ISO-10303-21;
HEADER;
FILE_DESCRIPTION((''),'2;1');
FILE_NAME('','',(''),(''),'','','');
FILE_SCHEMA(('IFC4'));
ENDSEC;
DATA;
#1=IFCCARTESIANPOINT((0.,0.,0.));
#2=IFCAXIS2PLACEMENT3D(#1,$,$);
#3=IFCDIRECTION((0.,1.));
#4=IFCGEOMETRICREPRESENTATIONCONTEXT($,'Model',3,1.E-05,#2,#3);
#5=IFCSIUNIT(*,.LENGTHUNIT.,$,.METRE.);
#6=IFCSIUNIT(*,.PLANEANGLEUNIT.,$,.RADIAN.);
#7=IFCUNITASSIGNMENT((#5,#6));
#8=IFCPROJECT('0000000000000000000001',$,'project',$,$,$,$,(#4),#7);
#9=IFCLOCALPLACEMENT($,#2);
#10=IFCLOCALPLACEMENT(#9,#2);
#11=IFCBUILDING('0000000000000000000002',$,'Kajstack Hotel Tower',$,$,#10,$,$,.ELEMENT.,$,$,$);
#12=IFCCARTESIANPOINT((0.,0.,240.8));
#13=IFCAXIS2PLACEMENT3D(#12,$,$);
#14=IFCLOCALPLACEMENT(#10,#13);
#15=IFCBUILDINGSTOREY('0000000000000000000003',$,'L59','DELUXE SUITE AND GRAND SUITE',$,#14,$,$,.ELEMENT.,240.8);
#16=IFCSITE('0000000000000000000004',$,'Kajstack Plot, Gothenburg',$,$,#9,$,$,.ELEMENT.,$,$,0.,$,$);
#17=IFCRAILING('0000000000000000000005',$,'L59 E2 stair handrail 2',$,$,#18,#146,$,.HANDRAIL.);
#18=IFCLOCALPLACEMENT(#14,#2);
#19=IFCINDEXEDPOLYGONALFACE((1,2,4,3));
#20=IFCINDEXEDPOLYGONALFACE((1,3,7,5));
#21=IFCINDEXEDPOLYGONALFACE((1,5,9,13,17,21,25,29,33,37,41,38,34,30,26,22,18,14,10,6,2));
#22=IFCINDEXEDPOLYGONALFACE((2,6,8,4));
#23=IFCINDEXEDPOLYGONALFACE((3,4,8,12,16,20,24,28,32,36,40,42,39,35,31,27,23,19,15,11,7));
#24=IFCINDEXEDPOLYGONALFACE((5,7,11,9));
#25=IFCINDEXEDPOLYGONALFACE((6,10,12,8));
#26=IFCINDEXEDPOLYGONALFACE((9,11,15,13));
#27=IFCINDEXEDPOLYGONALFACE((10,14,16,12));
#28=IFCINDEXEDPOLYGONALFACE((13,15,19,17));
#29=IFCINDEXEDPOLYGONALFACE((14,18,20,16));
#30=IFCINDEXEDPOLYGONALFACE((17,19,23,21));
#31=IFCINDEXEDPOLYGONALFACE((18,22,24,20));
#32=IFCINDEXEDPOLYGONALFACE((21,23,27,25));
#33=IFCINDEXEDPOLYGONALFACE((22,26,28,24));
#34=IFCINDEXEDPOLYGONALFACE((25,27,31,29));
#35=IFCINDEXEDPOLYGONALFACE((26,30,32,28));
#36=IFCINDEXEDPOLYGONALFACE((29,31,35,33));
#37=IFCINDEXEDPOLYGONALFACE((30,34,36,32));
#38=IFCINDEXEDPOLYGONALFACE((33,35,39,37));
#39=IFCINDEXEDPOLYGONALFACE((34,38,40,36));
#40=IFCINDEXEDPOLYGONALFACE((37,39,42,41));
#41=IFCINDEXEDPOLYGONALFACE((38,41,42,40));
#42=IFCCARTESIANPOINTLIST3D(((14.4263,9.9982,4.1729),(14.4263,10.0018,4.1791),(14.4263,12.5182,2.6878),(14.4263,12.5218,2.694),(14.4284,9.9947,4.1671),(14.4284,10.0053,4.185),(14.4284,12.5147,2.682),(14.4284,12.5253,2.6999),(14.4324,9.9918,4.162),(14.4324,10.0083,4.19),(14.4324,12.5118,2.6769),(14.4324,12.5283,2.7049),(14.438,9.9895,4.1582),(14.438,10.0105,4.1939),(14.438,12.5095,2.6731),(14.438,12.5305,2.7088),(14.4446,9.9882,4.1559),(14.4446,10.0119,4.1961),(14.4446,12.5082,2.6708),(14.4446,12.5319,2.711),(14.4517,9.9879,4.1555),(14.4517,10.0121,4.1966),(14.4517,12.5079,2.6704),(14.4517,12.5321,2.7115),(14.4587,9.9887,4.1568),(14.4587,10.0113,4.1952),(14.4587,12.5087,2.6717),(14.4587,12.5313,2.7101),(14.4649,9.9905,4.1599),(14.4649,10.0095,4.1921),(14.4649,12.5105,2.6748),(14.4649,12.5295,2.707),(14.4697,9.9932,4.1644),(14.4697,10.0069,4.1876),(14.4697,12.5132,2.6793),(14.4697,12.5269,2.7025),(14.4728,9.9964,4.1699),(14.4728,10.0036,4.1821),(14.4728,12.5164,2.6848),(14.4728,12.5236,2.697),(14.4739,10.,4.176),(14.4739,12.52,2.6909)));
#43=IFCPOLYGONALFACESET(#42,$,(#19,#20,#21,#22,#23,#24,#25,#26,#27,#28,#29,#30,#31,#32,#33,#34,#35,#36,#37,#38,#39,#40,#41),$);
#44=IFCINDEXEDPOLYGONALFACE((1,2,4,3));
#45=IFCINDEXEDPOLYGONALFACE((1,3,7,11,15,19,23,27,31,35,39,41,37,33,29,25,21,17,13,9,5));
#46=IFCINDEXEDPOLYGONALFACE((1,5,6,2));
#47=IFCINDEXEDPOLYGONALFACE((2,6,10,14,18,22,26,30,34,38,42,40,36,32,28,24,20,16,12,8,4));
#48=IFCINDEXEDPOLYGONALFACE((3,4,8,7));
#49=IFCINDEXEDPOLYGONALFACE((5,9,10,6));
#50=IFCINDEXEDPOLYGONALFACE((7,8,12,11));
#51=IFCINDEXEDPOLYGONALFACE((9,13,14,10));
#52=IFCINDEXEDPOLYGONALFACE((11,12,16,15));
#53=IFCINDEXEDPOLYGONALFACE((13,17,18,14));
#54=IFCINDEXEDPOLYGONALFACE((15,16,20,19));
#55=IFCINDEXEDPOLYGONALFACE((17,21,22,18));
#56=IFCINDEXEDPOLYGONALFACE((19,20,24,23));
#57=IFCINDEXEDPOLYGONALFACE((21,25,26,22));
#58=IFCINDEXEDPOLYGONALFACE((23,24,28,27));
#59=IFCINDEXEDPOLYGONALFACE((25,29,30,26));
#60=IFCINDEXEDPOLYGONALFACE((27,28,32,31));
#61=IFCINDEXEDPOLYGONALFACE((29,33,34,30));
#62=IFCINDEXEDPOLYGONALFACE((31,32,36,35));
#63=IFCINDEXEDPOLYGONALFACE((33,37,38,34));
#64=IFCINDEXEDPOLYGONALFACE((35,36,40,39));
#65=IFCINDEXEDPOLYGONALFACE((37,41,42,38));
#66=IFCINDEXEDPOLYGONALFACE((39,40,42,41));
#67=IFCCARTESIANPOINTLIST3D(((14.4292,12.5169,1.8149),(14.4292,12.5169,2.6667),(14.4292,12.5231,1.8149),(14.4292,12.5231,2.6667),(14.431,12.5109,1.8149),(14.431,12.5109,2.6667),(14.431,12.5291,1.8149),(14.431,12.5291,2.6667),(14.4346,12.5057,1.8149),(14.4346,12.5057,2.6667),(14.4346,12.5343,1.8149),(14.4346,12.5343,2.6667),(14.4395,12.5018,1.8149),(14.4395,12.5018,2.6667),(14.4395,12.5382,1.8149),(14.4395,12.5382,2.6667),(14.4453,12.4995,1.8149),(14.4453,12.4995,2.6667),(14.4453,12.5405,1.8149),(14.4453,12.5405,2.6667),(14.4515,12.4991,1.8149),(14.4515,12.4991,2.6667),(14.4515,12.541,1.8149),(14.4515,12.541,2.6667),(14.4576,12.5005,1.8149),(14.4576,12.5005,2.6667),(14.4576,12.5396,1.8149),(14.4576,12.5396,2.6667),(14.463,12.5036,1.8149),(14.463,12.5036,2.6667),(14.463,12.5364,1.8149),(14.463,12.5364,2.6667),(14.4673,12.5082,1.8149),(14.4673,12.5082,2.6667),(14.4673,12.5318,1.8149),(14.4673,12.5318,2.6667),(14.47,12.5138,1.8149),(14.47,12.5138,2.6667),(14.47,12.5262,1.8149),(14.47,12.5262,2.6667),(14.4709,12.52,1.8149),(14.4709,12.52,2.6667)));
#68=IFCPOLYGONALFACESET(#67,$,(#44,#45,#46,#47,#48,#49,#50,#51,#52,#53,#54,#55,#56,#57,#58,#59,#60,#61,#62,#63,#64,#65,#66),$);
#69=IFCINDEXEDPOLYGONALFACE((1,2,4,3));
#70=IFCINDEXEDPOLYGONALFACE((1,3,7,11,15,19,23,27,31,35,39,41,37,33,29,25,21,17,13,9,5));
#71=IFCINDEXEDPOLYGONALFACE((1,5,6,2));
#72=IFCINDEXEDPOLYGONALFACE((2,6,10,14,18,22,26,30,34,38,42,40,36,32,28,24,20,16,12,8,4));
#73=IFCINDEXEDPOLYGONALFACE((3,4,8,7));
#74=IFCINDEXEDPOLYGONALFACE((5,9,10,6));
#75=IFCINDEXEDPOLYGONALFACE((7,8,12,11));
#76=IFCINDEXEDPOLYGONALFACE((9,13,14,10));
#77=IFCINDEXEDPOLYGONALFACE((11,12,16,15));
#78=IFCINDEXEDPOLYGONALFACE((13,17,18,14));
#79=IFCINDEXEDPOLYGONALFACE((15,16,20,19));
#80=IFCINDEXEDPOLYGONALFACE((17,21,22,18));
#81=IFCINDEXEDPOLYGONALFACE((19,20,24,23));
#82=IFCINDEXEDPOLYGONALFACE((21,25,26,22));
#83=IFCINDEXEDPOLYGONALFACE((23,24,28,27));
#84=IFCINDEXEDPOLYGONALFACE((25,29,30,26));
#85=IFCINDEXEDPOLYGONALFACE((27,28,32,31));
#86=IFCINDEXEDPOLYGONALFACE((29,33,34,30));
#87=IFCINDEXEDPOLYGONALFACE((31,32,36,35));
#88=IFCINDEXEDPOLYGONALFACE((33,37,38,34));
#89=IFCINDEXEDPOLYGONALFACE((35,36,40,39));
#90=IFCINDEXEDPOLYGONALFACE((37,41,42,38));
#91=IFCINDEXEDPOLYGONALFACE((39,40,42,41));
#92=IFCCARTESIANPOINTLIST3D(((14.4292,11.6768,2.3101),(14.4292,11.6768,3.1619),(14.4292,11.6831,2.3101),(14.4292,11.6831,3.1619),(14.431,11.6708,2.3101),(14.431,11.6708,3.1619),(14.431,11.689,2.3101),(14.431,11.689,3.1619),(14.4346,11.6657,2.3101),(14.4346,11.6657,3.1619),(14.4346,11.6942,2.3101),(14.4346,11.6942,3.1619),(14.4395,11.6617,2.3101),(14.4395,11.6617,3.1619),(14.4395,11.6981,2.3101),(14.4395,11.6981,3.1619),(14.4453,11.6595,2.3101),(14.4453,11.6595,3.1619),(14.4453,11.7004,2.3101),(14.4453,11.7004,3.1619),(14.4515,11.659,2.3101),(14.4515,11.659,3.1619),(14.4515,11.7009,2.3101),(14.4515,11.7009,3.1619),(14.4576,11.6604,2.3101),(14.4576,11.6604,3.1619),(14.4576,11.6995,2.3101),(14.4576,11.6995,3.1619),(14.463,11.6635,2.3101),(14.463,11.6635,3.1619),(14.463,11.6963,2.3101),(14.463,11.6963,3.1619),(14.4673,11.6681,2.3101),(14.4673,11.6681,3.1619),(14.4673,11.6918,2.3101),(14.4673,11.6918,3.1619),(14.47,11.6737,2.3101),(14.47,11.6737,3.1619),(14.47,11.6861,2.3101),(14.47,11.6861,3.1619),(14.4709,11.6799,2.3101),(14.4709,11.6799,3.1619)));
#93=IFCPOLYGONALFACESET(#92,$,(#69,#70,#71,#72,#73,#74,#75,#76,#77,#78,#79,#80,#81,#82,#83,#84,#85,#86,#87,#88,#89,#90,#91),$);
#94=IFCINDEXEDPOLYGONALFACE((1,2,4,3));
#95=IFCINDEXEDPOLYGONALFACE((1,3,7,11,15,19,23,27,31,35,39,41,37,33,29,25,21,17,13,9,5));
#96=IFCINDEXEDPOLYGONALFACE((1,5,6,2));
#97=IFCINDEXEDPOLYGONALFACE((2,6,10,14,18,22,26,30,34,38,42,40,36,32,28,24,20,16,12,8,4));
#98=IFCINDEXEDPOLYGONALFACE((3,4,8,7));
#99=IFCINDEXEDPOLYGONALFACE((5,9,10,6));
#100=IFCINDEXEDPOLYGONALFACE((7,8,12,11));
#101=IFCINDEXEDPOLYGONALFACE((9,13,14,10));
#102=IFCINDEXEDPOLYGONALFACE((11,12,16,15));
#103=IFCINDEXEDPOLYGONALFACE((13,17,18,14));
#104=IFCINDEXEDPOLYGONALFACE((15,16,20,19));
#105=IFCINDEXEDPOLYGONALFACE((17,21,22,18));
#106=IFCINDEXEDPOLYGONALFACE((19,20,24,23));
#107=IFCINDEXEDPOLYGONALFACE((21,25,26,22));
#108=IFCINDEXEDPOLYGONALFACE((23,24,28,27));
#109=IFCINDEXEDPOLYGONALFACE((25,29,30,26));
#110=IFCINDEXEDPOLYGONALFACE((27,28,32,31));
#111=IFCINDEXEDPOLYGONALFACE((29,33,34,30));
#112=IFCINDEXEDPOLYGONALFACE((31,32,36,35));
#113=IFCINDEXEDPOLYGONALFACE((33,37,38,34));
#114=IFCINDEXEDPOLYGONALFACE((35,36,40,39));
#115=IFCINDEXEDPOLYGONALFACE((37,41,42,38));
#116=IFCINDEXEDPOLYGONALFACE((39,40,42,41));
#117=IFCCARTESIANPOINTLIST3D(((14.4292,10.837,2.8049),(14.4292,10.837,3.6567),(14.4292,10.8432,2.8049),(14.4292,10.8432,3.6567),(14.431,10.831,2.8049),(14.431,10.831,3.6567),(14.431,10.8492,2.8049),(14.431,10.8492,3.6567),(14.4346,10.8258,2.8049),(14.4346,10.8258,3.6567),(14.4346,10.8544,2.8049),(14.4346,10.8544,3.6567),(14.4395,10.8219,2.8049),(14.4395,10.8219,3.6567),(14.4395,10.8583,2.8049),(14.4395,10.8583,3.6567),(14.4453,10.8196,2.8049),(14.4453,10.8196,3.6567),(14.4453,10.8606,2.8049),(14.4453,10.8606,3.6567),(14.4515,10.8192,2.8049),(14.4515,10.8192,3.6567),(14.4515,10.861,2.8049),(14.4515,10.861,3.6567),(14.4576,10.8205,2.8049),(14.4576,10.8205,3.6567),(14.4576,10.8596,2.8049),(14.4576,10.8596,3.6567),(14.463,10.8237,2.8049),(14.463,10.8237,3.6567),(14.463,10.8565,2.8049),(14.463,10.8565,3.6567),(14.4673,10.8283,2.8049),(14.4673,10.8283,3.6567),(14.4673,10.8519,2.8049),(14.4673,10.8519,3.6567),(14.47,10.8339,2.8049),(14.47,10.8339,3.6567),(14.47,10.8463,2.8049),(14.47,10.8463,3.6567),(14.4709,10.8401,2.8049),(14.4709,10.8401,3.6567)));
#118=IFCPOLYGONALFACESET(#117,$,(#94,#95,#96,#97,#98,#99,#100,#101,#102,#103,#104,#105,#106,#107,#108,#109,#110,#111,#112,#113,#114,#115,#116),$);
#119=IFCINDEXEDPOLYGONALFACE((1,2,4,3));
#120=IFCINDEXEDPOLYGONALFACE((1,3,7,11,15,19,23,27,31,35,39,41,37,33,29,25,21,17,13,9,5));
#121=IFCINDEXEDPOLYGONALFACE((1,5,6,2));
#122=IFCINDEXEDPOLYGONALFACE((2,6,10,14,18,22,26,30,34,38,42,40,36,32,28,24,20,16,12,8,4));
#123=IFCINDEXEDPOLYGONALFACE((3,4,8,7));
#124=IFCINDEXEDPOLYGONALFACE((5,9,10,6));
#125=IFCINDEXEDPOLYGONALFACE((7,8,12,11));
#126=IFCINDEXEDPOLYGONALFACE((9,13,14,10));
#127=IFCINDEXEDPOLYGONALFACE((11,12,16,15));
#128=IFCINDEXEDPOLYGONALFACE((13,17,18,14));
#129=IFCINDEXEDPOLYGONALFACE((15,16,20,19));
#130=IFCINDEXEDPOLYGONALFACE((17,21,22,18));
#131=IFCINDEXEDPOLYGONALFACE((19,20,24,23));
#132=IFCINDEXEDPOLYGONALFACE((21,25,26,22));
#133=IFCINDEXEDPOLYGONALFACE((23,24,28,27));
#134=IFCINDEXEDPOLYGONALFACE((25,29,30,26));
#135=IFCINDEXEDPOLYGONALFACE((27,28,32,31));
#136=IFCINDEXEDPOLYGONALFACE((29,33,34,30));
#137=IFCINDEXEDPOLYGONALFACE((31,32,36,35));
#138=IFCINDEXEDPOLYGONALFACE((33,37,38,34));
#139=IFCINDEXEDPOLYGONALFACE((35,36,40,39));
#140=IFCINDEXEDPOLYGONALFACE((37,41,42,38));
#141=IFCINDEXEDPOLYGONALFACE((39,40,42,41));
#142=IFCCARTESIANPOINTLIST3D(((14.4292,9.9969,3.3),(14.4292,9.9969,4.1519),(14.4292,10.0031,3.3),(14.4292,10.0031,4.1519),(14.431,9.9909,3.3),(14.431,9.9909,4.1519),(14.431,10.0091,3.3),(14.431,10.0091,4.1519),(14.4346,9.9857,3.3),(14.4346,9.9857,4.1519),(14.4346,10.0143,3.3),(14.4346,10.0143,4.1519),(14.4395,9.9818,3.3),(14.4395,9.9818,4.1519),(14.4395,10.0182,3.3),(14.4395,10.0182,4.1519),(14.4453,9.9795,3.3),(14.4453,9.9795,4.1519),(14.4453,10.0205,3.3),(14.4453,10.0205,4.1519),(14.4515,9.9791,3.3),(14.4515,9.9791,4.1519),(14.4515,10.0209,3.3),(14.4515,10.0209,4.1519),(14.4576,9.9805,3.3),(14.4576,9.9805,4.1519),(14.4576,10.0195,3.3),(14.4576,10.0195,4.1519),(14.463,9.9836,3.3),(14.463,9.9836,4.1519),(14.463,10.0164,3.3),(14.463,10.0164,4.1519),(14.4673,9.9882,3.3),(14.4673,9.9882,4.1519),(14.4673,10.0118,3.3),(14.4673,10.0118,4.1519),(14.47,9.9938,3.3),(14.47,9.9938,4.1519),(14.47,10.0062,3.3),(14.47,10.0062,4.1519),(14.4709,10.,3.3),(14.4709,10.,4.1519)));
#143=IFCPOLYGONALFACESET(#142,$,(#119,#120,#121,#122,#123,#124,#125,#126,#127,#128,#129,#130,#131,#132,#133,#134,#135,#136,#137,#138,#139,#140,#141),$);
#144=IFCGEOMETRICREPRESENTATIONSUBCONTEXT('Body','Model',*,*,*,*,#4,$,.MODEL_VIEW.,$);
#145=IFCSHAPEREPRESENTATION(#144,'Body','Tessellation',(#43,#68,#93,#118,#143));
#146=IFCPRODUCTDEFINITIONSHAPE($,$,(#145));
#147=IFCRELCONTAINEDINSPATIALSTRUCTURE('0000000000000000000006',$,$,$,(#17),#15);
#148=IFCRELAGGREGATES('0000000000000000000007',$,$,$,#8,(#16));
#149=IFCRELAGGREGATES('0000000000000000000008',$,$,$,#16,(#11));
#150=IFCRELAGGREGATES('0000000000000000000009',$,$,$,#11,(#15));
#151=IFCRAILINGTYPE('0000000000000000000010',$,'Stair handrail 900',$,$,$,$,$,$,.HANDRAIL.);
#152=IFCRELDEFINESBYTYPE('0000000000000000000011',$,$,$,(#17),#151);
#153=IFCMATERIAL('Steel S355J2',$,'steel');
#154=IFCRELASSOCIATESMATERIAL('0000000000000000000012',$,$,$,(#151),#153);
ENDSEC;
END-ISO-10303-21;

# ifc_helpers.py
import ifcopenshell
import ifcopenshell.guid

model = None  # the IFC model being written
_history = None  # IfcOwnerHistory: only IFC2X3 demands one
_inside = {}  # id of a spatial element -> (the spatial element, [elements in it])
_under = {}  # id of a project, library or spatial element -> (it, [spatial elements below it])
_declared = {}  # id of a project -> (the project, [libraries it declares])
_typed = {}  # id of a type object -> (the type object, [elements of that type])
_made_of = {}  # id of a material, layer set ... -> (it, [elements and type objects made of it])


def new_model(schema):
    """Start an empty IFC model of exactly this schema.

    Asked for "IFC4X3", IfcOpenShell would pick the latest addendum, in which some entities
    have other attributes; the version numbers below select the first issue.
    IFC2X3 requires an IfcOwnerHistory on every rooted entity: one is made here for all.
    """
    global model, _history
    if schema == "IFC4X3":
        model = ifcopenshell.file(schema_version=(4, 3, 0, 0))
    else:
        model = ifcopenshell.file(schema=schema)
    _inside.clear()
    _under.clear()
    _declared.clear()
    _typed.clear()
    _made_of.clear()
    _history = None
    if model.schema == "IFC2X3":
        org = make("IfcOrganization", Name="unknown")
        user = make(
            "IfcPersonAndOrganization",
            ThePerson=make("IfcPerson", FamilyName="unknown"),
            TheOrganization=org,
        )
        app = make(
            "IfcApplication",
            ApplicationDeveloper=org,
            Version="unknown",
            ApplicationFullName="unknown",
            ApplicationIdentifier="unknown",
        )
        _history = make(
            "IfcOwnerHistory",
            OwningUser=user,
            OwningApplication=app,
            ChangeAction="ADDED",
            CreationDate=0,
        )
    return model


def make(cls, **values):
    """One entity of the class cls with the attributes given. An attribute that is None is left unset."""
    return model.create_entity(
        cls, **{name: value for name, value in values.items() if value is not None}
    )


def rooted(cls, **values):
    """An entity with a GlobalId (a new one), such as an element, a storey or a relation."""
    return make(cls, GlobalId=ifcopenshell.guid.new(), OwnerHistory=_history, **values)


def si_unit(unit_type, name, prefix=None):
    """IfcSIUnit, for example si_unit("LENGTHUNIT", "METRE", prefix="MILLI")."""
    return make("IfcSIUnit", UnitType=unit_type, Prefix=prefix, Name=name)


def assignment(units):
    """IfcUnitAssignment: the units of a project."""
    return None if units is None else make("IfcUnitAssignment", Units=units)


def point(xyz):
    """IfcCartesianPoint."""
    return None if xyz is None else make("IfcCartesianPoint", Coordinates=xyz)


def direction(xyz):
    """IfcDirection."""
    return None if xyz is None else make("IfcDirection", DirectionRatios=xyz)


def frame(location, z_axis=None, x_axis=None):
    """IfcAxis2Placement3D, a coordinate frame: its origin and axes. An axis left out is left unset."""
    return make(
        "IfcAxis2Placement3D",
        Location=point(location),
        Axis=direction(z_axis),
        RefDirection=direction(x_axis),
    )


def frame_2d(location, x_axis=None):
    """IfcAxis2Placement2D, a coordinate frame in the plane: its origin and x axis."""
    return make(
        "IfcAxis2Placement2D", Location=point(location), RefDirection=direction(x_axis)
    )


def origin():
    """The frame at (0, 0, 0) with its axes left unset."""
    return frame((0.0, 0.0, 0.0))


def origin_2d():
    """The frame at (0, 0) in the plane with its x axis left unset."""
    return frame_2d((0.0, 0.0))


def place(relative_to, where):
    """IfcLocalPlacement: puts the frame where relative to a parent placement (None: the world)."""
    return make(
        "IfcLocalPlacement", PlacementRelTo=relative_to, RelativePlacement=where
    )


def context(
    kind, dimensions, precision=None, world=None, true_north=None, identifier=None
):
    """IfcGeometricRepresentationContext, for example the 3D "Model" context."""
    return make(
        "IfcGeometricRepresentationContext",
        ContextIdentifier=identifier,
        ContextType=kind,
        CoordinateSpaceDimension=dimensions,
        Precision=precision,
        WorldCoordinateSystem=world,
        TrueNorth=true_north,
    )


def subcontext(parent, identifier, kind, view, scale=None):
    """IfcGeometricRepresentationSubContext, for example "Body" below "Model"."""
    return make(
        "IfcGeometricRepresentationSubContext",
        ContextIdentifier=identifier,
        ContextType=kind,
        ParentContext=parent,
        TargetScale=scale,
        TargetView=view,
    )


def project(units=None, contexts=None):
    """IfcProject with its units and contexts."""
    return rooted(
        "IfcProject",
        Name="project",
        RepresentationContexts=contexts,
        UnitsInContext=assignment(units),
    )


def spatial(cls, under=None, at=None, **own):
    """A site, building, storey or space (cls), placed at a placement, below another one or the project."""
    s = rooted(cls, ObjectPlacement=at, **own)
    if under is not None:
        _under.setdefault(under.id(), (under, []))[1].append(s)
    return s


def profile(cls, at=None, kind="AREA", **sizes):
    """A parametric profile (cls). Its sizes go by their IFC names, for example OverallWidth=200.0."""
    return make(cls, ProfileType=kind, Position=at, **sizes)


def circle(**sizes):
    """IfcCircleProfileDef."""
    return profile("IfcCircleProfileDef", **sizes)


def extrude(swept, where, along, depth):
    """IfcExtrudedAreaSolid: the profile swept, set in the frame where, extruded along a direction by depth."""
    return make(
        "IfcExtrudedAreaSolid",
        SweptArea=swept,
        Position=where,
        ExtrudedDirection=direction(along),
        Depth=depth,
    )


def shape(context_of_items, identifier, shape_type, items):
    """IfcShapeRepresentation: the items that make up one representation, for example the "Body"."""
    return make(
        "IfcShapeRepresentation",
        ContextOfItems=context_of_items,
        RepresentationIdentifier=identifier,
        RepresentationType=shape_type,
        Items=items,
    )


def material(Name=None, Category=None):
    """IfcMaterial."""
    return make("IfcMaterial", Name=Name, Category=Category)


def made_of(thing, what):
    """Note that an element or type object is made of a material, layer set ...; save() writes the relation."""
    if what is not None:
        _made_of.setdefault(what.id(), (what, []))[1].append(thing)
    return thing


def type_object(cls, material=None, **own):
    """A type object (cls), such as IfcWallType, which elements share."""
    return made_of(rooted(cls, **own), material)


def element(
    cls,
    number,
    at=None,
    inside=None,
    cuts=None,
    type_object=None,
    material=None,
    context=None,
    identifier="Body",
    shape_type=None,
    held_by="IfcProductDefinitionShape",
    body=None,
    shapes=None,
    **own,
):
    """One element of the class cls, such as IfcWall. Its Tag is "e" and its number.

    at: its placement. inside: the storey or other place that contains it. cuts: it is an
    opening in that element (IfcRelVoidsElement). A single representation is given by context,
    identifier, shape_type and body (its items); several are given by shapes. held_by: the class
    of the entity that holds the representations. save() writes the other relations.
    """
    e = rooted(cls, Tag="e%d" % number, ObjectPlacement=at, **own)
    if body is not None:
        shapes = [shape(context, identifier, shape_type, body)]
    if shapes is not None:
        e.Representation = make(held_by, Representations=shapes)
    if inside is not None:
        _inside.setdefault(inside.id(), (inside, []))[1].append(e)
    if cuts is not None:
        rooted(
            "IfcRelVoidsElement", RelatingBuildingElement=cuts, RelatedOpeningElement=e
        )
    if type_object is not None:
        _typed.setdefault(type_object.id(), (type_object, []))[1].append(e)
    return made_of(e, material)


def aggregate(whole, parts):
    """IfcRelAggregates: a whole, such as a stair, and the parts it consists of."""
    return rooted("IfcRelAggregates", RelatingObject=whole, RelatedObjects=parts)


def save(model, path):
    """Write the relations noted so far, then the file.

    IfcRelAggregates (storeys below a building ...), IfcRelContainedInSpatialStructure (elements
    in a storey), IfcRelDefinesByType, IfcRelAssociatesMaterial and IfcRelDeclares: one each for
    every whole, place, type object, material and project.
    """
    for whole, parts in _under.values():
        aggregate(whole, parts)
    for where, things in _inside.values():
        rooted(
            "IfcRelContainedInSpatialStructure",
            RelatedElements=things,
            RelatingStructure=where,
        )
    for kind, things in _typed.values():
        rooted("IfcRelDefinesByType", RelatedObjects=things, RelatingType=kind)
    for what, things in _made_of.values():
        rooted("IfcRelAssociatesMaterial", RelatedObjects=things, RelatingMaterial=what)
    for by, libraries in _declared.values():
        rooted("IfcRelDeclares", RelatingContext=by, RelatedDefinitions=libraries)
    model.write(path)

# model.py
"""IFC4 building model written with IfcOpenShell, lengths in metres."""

from ifc_helpers import new_model, si_unit, direction, frame, origin, origin_2d, place, context, subcontext, project, spatial, circle, extrude, material, type_object, element, save


model = new_model("IFC4")

# Units and contexts
model_context = context("Model", 3, precision=1e-05, world=origin(), true_north=direction((0.0, 1.0)))
body_context = subcontext(model_context, "Body", "Model", "MODEL_VIEW")
ifc_project = project(units=[si_unit("LENGTHUNIT", "METRE"), si_unit("PLANEANGLEUNIT", "RADIAN")], contexts=[model_context])

# Site, building, storey
site_placement = place(None, origin())
site = spatial("IfcSite", under=ifc_project, at=site_placement, Name="Kajstack Plot, Gothenburg", CompositionType="ELEMENT", RefElevation=0.0)
building_placement = place(site_placement, origin())
building = spatial("IfcBuilding", under=site, at=building_placement, Name="Kajstack Hotel Tower", CompositionType="ELEMENT")
storey_placement = place(building_placement, frame((0.0, 0.0, 240.8)))
storey = spatial("IfcBuildingStorey", under=building, at=storey_placement, Name="L59", Description="DELUXE SUITE AND GRAND SUITE", CompositionType="ELEMENT", Elevation=240.8)

# Railing
ifc_material_1 = material(Name="Steel S355J2", Category="steel")
railing_type_1 = type_object("IfcRailingType", Name="Stair handrail 900", PredefinedType="HANDRAIL", material=ifc_material_1)
railing_1_placement = place(storey_placement, frame((14.45, 12.52, 1.8149)))
element("IfcRailing", 1, at=railing_1_placement, inside=storey, type_object=railing_type_1, Name="L59 E2 stair handrail 2", PredefinedType="HANDRAIL", context=body_context, shape_type="SweptSolid", body=[
    extrude(circle(Radius=0.0239, at=origin_2d()), frame((0.0, 0.0, 0.876), z_axis=(0.0, -0.861524, 0.507717), x_axis=(1.0, 0.0, 0.0)), (0.0, 0.0, 1.0), 2.925),
    extrude(circle(Radius=0.021, at=origin_2d()), origin(), (0.0, 0.0, 1.0), 0.8518),
    extrude(circle(Radius=0.021, at=origin_2d()), frame((0.0, -0.8401, 0.4951)), (0.0, 0.0, 1.0), 0.8518),
    extrude(circle(Radius=0.021, at=origin_2d()), frame((0.0, -1.6799, 0.99)), (0.0, 0.0, 1.0), 0.8518),
    extrude(circle(Radius=0.021, at=origin_2d()), frame((0.0, -2.52, 1.4851)), (0.0, 0.0, 1.0), 0.8518),
])

save(model, "model.ifc")
